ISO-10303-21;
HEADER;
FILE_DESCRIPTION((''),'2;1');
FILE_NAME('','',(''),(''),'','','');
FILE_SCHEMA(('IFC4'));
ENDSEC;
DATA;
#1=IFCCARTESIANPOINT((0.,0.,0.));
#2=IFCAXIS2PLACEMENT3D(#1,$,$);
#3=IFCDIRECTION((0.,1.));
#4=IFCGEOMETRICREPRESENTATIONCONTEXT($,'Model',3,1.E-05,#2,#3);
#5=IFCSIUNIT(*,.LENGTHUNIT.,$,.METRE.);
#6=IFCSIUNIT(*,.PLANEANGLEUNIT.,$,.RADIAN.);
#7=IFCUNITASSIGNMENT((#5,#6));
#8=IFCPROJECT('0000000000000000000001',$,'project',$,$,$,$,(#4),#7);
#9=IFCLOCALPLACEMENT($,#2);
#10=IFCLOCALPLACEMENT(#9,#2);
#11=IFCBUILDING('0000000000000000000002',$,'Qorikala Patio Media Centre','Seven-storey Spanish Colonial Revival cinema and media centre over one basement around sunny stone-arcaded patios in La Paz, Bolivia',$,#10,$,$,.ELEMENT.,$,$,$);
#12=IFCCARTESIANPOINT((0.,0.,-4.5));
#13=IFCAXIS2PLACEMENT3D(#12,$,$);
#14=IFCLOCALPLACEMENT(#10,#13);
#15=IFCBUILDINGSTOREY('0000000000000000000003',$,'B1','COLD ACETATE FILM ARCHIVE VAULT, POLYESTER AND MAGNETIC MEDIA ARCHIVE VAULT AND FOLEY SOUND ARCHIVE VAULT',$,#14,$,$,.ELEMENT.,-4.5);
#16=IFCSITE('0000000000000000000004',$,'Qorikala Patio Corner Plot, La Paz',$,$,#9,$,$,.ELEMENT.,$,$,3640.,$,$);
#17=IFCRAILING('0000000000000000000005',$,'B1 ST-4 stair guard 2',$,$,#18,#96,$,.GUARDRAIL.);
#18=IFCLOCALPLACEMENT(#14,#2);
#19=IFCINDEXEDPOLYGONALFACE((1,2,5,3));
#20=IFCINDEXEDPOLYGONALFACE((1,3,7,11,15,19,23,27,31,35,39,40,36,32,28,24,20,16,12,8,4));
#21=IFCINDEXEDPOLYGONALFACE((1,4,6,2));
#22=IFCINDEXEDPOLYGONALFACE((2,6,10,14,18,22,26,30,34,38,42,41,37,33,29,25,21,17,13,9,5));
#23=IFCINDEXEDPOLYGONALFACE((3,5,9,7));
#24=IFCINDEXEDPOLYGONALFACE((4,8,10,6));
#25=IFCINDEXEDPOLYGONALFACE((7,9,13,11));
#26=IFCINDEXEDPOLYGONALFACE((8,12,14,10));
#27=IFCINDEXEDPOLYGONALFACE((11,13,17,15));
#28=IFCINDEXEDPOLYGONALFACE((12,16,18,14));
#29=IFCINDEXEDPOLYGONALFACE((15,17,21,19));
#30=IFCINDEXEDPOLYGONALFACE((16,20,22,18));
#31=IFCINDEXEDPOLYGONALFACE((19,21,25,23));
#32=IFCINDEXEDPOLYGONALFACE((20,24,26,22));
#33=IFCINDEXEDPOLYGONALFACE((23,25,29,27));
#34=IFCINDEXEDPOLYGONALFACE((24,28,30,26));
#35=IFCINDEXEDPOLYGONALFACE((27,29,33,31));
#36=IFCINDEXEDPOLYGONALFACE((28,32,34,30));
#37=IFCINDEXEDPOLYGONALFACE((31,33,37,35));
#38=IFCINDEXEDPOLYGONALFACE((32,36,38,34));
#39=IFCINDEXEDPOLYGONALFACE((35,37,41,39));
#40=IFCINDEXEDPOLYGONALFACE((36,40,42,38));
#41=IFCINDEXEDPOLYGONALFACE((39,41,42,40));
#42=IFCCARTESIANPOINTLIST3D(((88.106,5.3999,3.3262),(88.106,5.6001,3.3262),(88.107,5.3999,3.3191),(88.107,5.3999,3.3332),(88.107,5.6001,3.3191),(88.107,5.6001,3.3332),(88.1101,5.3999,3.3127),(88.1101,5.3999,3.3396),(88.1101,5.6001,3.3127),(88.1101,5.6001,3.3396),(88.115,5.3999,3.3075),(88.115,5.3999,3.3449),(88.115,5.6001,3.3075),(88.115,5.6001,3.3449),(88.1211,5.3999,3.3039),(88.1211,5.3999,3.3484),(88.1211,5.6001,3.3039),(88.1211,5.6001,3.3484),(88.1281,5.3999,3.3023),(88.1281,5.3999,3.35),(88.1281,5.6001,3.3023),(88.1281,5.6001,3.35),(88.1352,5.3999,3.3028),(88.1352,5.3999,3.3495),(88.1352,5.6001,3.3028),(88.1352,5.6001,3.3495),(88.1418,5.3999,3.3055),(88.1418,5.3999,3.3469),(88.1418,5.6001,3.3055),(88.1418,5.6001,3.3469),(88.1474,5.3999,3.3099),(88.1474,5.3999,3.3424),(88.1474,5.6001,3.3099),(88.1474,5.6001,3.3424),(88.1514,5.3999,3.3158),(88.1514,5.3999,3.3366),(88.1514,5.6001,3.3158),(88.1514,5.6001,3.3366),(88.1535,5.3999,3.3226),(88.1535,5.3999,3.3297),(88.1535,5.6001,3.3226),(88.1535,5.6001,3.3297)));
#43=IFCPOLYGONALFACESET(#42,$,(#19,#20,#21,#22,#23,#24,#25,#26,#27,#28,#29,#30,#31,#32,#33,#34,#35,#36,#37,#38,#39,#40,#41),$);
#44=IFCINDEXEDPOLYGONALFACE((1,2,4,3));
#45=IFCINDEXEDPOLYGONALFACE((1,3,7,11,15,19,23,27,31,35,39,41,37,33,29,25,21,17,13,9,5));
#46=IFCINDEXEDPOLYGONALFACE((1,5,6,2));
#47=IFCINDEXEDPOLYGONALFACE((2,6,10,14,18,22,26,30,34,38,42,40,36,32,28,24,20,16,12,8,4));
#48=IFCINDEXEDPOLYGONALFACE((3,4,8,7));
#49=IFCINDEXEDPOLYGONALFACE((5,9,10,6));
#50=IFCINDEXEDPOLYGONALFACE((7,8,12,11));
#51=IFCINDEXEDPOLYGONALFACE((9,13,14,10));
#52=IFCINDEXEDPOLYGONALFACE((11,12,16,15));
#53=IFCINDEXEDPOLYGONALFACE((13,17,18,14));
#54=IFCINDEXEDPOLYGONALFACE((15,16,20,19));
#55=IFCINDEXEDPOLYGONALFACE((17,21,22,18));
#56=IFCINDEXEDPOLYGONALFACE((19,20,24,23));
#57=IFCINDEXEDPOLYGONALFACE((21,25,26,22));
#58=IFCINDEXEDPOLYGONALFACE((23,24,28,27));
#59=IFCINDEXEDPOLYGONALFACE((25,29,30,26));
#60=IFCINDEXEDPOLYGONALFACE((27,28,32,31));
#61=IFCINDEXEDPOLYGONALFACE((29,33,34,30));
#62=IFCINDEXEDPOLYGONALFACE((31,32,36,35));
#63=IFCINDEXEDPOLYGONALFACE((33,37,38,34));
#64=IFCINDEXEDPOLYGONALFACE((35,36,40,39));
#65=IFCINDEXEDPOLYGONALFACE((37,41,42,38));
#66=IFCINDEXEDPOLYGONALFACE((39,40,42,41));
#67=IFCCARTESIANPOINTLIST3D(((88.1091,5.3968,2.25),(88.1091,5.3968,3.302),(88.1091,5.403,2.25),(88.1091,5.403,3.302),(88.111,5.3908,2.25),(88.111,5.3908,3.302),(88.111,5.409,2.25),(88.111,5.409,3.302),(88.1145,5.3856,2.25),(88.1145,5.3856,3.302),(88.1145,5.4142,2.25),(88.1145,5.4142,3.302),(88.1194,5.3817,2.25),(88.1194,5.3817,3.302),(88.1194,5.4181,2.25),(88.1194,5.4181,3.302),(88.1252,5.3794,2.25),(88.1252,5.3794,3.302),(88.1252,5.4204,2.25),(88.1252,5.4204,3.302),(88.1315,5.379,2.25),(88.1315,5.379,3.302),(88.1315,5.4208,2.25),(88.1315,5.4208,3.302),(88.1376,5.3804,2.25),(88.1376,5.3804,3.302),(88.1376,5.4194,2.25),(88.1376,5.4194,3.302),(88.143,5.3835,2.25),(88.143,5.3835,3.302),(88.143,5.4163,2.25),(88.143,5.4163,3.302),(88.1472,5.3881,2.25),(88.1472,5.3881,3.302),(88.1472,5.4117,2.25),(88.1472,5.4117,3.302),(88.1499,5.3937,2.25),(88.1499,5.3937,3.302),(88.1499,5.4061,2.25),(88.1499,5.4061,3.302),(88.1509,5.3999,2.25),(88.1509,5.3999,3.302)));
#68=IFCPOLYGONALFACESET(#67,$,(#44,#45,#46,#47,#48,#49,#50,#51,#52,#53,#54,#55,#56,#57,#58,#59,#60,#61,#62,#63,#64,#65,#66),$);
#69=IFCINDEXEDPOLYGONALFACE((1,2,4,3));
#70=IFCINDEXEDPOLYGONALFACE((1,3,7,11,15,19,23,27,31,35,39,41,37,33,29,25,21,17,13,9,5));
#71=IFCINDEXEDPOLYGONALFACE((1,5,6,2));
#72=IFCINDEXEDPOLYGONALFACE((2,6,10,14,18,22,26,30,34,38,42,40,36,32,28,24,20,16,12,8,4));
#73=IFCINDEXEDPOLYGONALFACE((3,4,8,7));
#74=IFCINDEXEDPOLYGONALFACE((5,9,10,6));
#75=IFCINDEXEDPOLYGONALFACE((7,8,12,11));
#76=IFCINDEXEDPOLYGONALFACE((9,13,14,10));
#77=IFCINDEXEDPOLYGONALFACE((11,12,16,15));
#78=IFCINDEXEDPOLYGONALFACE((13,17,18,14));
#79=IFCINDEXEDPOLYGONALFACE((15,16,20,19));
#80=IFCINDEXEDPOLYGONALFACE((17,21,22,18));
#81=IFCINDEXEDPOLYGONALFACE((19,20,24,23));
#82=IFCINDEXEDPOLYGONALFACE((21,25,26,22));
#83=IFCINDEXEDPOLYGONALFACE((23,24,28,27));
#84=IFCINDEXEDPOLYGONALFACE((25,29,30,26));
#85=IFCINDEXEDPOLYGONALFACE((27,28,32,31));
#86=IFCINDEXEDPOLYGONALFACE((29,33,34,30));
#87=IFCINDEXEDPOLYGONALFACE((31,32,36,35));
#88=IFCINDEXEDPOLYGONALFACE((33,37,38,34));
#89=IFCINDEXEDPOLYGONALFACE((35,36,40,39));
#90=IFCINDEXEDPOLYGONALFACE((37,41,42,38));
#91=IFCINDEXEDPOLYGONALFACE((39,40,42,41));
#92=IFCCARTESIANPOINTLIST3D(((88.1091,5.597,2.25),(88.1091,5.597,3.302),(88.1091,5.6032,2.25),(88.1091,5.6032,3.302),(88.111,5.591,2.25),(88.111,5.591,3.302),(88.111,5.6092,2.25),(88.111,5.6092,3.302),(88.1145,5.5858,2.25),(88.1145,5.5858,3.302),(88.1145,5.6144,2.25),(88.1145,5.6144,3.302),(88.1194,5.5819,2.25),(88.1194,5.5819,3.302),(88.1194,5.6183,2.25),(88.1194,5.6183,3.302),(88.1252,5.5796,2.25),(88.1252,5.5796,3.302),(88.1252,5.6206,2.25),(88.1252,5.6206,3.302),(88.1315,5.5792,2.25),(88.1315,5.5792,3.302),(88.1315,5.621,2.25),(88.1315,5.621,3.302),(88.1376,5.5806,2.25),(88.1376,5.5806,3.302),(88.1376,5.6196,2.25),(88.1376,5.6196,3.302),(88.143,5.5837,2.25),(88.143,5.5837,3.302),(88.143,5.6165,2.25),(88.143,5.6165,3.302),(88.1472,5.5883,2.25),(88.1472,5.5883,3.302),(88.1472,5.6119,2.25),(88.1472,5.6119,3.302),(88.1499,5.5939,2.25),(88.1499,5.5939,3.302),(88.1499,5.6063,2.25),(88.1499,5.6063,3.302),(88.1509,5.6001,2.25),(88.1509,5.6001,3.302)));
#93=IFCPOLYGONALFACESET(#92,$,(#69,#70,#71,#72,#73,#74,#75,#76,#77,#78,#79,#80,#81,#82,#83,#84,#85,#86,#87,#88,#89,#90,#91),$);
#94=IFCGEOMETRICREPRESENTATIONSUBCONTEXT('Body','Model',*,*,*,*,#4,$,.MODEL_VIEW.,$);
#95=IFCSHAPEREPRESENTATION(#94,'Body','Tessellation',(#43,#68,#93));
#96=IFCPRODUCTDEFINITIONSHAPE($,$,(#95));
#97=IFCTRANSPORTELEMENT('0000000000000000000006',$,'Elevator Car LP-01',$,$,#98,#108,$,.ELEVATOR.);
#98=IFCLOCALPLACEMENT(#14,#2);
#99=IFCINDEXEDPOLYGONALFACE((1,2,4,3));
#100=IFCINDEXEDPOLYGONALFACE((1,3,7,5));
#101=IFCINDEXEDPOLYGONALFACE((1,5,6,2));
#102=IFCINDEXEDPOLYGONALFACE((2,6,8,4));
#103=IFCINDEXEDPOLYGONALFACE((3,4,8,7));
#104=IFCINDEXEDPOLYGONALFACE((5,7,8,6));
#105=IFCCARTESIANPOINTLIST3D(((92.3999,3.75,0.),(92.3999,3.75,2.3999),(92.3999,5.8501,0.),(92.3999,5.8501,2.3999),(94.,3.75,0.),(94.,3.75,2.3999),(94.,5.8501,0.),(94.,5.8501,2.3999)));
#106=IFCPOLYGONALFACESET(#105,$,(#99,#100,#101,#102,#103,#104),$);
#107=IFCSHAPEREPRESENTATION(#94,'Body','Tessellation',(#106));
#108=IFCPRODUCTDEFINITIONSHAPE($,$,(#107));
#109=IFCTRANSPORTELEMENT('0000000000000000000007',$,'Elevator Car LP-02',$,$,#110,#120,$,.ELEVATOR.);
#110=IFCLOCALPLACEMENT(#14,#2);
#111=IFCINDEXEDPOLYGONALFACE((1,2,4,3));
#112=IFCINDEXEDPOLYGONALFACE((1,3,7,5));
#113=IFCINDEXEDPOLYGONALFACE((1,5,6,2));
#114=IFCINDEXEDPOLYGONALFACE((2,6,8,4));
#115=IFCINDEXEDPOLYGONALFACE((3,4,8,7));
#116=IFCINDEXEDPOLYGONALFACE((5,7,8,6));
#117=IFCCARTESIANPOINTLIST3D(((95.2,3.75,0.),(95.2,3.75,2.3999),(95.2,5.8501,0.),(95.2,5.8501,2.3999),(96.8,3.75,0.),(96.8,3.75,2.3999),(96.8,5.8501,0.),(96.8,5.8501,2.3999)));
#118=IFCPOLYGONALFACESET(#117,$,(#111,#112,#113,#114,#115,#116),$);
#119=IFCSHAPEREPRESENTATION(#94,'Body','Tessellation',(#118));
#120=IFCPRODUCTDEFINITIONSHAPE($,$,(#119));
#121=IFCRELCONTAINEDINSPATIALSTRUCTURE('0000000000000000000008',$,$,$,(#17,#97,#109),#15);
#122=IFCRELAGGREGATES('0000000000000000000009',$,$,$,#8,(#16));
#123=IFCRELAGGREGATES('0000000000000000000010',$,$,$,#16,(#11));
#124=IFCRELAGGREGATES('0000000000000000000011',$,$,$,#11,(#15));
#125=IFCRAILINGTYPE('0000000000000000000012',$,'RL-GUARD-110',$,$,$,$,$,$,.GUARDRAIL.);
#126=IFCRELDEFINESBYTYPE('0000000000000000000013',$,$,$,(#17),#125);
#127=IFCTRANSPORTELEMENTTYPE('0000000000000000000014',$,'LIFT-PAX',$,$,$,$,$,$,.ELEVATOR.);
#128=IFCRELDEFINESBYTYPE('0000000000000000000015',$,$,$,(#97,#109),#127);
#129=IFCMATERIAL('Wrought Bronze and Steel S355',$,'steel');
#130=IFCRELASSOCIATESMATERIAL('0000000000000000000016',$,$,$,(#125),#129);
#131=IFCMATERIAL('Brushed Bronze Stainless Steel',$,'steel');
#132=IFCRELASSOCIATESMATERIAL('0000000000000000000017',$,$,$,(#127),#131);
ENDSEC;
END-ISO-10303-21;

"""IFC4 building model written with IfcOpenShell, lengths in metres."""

from ifc_helpers import new_model, si_unit, direction, frame, origin, origin_2d, place, context, subcontext, project, spatial, rectangle, circle, extrude, material, type_object, element, save


model = new_model("IFC4")

# Units and contexts
model_context = context("Model", 3, precision=1e-05, world=origin(), true_north=direction((0.0, 1.0)))
body_context = subcontext(model_context, "Body", "Model", "MODEL_VIEW")
ifc_project = project(units=[si_unit("LENGTHUNIT", "METRE"), si_unit("PLANEANGLEUNIT", "RADIAN")], contexts=[model_context])

# Site, building, storey
site_placement = place(None, origin())
site = spatial("IfcSite", under=ifc_project, at=site_placement, Name="Qorikala Patio Corner Plot, La Paz", CompositionType="ELEMENT", RefElevation=3640.0)
building_placement = place(site_placement, origin())
building = spatial("IfcBuilding", under=site, at=building_placement, Name="Qorikala Patio Media Centre", Description="Seven-storey Spanish Colonial Revival cinema and media centre over one basement around sunny stone-arcaded patios in La Paz, Bolivia", CompositionType="ELEMENT")
storey_placement = place(building_placement, frame((0.0, 0.0, -4.5)))
storey = spatial("IfcBuildingStorey", under=building, at=storey_placement, Name="B1", Description="COLD ACETATE FILM ARCHIVE VAULT, POLYESTER AND MAGNETIC MEDIA ARCHIVE VAULT AND FOLEY SOUND ARCHIVE VAULT", CompositionType="ELEMENT", Elevation=-4.5)

# Shared definitions
ifc_material_1 = material(Name="Brushed Bronze Stainless Steel", Category="steel")

# Railing
ifc_material_2 = material(Name="Wrought Bronze and Steel S355", Category="steel")
railing_type = type_object("IfcRailingType", Name="RL-GUARD-110", PredefinedType="GUARDRAIL", material=ifc_material_2)
railing_placement = place(storey_placement, frame((88.1299, 5.3999, 2.25)))
element("IfcRailing", 1, at=railing_placement, inside=storey, type_object=railing_type, Name="B1 ST-4 stair guard 2", PredefinedType="GUARDRAIL", context=body_context, shape_type="SweptSolid", body=[
    extrude(circle(Radius=0.0239, at=origin_2d()), frame((0.0, 0.0, 1.0762), z_axis=(0.0, 1.0, 0.0), x_axis=(-1.0, 0.0, 0.0)), (0.0, 0.0, 1.0), 0.2002),
    extrude(circle(Radius=0.021, at=origin_2d()), origin(), (0.0, 0.0, 1.0), 1.052),
    extrude(circle(Radius=0.021, at=origin_2d()), frame((0.0, 0.2002, 0.0)), (0.0, 0.0, 1.0), 1.052),
])

# Transport elements
transport_element_type = type_object("IfcTransportElementType", Name="LIFT-PAX", PredefinedType="ELEVATOR", material=ifc_material_1)
for number, where, z_axis, x_axis, name in (
    (2, (93.2, 4.8, 0.0), (0.0, 0.0, 1.0), (1.0, 0.0, 0.0), "Elevator Car LP-01"),
    (3, (96.0, 4.8, 0.0), (0.0, 0.0, 1.0), (1.0, 0.0, 0.0), "Elevator Car LP-02"),
):
    element("IfcTransportElement", number, at=place(storey_placement, frame(where, z_axis=z_axis, x_axis=x_axis)), inside=storey, type_object=transport_element_type, Name=name, PredefinedType="ELEVATOR", context=body_context, shape_type="SweptSolid", body=[
        extrude(rectangle(XDim=1.6001, YDim=2.1001, at=origin_2d()), origin(), (0.0, 0.0, 1.0), 2.3999),
    ])

save(model, "model.ifc")
